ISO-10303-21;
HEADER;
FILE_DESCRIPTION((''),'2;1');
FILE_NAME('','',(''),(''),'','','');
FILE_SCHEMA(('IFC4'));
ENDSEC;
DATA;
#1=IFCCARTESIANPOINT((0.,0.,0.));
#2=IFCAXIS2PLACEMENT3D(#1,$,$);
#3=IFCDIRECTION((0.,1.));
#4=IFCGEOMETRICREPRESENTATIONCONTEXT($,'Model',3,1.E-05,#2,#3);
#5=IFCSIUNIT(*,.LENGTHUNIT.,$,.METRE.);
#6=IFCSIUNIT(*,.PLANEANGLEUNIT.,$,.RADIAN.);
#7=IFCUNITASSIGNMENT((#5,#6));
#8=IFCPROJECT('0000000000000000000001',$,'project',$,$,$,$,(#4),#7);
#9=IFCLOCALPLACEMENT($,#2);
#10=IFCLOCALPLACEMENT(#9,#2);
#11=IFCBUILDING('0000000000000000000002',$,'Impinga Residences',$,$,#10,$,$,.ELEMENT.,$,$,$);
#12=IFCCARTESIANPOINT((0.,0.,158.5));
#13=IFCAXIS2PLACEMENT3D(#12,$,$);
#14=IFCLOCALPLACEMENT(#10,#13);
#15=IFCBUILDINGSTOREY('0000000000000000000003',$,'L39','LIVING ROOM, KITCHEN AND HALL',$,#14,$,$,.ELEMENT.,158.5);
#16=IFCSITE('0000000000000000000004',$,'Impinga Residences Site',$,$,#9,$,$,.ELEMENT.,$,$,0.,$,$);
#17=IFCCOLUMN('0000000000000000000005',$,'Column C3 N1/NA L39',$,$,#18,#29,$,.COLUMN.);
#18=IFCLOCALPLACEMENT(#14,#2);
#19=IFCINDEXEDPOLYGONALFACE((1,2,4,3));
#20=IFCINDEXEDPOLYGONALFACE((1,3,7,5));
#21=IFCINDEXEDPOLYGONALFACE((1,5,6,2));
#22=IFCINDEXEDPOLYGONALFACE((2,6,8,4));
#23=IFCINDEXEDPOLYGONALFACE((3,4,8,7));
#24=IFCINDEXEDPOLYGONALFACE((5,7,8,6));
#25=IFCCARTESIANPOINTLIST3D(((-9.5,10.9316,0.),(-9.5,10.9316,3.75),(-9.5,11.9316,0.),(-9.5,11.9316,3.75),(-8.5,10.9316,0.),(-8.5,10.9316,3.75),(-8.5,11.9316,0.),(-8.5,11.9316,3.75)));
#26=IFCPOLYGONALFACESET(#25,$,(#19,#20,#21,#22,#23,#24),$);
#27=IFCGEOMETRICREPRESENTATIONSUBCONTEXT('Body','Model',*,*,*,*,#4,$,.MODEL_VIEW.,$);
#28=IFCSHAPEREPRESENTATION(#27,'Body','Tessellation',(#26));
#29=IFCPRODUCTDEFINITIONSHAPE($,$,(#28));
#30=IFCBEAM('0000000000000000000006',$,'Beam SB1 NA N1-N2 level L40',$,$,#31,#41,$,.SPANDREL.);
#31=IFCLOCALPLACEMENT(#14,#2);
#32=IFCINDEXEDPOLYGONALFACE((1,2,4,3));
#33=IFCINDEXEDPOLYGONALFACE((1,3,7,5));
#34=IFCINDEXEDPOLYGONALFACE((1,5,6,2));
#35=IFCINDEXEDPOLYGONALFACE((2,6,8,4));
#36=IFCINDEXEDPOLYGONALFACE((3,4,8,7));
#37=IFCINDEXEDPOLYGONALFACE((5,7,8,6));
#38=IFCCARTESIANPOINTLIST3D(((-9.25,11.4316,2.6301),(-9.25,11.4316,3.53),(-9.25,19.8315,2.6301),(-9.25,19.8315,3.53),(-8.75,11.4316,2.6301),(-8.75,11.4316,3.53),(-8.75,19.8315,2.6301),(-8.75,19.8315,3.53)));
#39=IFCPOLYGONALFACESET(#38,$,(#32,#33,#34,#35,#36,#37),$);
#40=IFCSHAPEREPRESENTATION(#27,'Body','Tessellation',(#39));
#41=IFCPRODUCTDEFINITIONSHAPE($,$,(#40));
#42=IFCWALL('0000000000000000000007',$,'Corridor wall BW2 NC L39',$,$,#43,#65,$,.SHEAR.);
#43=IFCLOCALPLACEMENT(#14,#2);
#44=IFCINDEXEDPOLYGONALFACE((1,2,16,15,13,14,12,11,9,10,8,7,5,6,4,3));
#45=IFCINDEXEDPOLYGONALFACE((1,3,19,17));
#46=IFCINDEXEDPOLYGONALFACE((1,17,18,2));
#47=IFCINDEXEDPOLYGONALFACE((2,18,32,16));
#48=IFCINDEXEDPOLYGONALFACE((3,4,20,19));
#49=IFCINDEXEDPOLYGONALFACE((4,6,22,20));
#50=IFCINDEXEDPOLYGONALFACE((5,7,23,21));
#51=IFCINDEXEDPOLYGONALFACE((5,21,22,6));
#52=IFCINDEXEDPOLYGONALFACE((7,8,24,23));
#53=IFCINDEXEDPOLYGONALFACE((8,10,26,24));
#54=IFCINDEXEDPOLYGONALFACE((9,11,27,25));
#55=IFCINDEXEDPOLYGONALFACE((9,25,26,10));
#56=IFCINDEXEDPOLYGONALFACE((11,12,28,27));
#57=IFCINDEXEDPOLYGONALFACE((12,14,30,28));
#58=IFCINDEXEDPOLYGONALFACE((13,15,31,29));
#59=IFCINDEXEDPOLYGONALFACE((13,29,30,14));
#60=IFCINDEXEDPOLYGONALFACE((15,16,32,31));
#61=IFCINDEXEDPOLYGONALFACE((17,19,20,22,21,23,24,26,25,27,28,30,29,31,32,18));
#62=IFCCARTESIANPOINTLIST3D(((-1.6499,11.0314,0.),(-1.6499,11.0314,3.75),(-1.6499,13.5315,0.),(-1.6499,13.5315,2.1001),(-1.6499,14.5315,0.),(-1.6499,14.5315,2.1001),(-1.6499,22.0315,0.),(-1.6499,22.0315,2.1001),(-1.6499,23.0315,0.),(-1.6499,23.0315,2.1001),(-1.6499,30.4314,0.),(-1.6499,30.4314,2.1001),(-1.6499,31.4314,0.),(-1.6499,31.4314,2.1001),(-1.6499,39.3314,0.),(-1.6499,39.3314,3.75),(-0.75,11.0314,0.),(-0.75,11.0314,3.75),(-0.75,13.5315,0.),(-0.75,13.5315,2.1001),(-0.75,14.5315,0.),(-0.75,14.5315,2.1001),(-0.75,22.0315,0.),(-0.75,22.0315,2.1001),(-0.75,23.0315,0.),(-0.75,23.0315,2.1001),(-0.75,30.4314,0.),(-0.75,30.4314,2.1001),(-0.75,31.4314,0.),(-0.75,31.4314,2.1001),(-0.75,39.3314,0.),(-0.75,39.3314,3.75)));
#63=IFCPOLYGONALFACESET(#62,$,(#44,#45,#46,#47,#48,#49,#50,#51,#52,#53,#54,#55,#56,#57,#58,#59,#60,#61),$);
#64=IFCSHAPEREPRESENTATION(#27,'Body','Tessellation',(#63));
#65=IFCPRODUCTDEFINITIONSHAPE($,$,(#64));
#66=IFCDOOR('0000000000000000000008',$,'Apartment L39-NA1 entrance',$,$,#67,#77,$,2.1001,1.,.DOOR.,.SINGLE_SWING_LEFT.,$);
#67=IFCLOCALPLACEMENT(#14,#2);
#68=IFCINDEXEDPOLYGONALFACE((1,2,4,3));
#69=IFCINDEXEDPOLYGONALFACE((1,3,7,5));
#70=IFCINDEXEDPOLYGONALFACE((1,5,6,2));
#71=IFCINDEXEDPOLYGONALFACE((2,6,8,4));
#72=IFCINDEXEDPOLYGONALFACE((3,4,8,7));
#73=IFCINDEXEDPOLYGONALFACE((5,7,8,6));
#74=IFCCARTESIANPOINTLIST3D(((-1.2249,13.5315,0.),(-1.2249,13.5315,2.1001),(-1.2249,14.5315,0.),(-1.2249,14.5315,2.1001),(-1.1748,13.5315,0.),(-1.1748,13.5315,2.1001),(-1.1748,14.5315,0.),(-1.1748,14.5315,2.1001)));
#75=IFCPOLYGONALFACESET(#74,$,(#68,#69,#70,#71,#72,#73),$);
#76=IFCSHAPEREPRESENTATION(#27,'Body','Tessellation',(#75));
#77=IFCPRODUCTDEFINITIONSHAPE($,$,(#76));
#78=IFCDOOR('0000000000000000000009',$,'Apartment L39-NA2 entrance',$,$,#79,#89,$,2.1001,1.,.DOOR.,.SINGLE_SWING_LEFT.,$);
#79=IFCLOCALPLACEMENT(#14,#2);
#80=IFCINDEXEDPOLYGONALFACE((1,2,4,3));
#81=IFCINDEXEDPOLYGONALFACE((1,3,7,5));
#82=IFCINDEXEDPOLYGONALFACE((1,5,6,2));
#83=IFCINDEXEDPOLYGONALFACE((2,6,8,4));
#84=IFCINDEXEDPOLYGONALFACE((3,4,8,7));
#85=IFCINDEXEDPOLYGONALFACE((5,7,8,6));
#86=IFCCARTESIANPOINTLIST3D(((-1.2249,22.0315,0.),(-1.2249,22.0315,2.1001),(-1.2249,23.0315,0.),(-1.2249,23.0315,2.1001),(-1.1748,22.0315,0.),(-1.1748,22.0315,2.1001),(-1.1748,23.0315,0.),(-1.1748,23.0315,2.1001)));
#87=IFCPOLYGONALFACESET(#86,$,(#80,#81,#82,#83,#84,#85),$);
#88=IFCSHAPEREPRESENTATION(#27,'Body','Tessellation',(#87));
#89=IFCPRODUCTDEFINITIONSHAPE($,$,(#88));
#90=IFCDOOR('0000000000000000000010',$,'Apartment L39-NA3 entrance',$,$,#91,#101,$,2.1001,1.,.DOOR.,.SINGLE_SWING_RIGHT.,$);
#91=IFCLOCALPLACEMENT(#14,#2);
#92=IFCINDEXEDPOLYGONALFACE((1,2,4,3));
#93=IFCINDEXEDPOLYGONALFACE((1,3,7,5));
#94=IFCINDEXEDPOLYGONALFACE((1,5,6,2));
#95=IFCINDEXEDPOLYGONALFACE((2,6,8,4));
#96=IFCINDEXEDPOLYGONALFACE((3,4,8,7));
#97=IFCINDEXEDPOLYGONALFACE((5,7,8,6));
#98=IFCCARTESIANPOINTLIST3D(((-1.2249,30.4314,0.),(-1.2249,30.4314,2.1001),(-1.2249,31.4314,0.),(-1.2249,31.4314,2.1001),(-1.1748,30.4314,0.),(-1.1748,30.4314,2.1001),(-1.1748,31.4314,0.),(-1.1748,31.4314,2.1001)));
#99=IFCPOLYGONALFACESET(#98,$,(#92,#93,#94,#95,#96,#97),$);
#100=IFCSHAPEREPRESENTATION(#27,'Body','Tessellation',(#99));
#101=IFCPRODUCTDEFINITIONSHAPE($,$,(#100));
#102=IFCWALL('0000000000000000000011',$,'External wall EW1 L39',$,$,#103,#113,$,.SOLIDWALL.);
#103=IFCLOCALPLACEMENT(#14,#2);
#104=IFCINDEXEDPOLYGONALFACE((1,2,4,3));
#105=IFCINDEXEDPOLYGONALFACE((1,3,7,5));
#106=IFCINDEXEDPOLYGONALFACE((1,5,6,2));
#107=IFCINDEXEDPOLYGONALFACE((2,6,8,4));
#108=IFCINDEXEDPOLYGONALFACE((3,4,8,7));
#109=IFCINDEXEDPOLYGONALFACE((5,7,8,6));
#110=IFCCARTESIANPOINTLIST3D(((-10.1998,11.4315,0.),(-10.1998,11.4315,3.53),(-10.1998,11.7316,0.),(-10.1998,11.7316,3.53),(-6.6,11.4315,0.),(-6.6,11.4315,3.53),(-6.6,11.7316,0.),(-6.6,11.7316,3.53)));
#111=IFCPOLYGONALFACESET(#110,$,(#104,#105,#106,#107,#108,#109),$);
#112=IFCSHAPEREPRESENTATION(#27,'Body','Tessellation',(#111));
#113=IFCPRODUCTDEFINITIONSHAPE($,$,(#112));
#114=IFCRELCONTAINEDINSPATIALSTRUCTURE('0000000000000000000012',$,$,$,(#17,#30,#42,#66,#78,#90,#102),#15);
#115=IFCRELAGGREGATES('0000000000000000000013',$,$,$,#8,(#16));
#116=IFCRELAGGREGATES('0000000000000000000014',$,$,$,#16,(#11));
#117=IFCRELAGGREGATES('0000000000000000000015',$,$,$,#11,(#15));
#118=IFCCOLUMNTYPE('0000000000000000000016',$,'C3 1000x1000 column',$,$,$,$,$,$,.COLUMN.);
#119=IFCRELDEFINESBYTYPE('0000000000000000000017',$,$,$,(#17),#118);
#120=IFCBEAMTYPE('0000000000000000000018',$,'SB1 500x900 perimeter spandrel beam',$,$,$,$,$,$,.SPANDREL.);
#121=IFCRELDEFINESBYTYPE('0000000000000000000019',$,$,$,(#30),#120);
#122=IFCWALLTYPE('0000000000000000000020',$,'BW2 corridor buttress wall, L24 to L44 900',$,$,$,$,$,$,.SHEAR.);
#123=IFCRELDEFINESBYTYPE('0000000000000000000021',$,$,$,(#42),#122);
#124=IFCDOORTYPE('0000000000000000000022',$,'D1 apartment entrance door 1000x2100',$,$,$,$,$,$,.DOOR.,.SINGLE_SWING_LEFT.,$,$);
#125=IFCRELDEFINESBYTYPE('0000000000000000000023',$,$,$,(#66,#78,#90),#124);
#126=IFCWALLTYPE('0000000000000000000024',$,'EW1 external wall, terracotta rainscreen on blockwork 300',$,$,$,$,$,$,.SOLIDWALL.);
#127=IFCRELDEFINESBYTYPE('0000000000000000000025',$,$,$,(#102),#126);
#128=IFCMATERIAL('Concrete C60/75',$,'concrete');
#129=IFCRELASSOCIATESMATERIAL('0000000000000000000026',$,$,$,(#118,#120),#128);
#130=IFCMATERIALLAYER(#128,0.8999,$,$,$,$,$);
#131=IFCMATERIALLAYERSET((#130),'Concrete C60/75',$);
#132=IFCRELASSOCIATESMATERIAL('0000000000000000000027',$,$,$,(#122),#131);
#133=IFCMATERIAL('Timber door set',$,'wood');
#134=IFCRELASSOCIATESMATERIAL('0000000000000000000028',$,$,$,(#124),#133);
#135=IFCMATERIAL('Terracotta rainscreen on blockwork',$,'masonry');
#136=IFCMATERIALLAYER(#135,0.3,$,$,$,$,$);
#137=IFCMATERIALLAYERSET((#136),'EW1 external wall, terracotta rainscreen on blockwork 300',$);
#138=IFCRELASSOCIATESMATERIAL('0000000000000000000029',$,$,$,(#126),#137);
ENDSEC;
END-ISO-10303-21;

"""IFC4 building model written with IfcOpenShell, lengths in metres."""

from ifc_helpers import new_model, si_unit, direction, frame, frame_2d, origin, origin_2d, place, context, subcontext, project, spatial, rectangle, extrude, material, layer, layer_set, material_profile, profile_set, type_object, element, fill, save


model = new_model("IFC4")

# Units and contexts
model_context = context("Model", 3, precision=1e-05, world=origin(), true_north=direction((0.0, 1.0)))
body_context = subcontext(model_context, "Body", "Model", "MODEL_VIEW")
ifc_project = project(units=[si_unit("LENGTHUNIT", "METRE"), si_unit("PLANEANGLEUNIT", "RADIAN")], contexts=[model_context])

# Site, building, storey
site_placement = place(None, origin())
site = spatial("IfcSite", under=ifc_project, at=site_placement, Name="Impinga Residences Site", CompositionType="ELEMENT", RefElevation=0.0)
building_placement = place(site_placement, origin())
building = spatial("IfcBuilding", under=site, at=building_placement, Name="Impinga Residences", CompositionType="ELEMENT")
storey_placement = place(building_placement, frame((0.0, 0.0, 158.5)))
storey = spatial("IfcBuildingStorey", under=building, at=storey_placement, Name="L39", Description="LIVING ROOM, KITCHEN AND HALL", CompositionType="ELEMENT", Elevation=158.5)

# Column
ifc_material_1 = material(Name="Concrete C60/75", Category="concrete")
ifc_material_profile_1 = material_profile(ifc_material_1, rectangle(XDim=1.0, YDim=1.0, at=origin_2d()), Name="RC 1000x1000")
ifc_profile_set_1 = profile_set([ifc_material_profile_1], Name="Concrete C60/75")
column_type = type_object("IfcColumnType", Name="C3 1000x1000 column", PredefinedType="COLUMN", material=ifc_profile_set_1)
column_placement = place(storey_placement, frame((-9.0, 11.4316, 0.0), z_axis=(0.0, 0.0, 1.0), x_axis=(1.0, 0.0, 0.0)))
element("IfcColumn", 1, at=column_placement, inside=storey, type_object=column_type, Name="Column C3 N1/NA L39", PredefinedType="COLUMN", context=body_context, shape_type="SweptSolid", body=[
    extrude(rectangle(XDim=1.0, YDim=1.0, at=origin_2d()), origin(), (0.0, 0.0, 1.0), 3.75),
])

# Beam
ifc_material_profile_2 = material_profile(ifc_material_1, rectangle(XDim=0.5, YDim=0.8999, at=origin_2d()), Name="RC 500x900")
ifc_profile_set_2 = profile_set([ifc_material_profile_2], Name="Concrete C60/75")
beam_type = type_object("IfcBeamType", Name="SB1 500x900 perimeter spandrel beam", PredefinedType="SPANDREL", material=ifc_profile_set_2)
beam_placement = place(storey_placement, frame((-9.0, 11.4316, 3.0801), z_axis=(0.0, 1.0, 0.0), x_axis=(-1.0, 0.0, 0.0)))
element("IfcBeam", 2, at=beam_placement, inside=storey, type_object=beam_type, Name="Beam SB1 NA N1-N2 level L40", PredefinedType="SPANDREL", context=body_context, shape_type="SweptSolid", body=[
    extrude(rectangle(XDim=0.5, YDim=0.8999, at=origin_2d()), origin(), (0.0, 0.0, 1.0), 8.3999),
])

# Wall, openings, doors
ifc_layer_1 = layer(ifc_material_1, 0.8999)
ifc_layer_set_1 = layer_set([ifc_layer_1], Name="Concrete C60/75")
wall_type_1 = type_object("IfcWallType", Name="BW2 corridor buttress wall, L24 to L44 900", PredefinedType="SHEAR", material=ifc_layer_set_1)
wall_1_placement = place(storey_placement, frame((-1.2, 11.0315, 0.0), z_axis=(0.0, 0.0, 1.0), x_axis=(0.0, 1.0, 0.0)))
wall_1 = element("IfcWall", 3, at=wall_1_placement, inside=storey, type_object=wall_type_1, Name="Corridor wall BW2 NC L39", PredefinedType="SHEAR", context=body_context, shape_type="SweptSolid", body=[
    extrude(rectangle(XDim=28.3, YDim=0.8999, at=frame_2d((14.1499, 0.0))), origin(), (0.0, 0.0, 1.0), 3.75),
])
opening_1_placement = place(wall_1_placement, frame((2.5, 0.0, 0.0)))
opening_1 = element("IfcOpeningElement", 4, at=opening_1_placement, cuts=wall_1, PredefinedType="OPENING", context=body_context, shape_type="SweptSolid", body=[
    extrude(rectangle(XDim=1.0, YDim=2.1001, at=frame_2d((0.5, 1.05))), frame((0.0, 0.46, 0.0), z_axis=(0.0, -1.0, 0.0), x_axis=(1.0, 0.0, 0.0)), (0.0, 0.0, 1.0), 0.9199),
])
opening_2_placement = place(wall_1_placement, frame((11.0, 0.0, 0.0)))
opening_2 = element("IfcOpeningElement", 5, at=opening_2_placement, cuts=wall_1, PredefinedType="OPENING", context=body_context, shape_type="SweptSolid", body=[
    extrude(rectangle(XDim=1.0, YDim=2.1001, at=frame_2d((0.5, 1.05))), frame((0.0, 0.46, 0.0), z_axis=(0.0, -1.0, 0.0), x_axis=(1.0, 0.0, 0.0)), (0.0, 0.0, 1.0), 0.9199),
])
opening_3_placement = place(wall_1_placement, frame((19.3999, 0.0, 0.0)))
opening_3 = element("IfcOpeningElement", 6, at=opening_3_placement, cuts=wall_1, PredefinedType="OPENING", context=body_context, shape_type="SweptSolid", body=[
    extrude(rectangle(XDim=1.0, YDim=2.1001, at=frame_2d((0.5, 1.05))), frame((0.0, 0.46, 0.0), z_axis=(0.0, -1.0, 0.0), x_axis=(1.0, 0.0, 0.0)), (0.0, 0.0, 1.0), 0.9199),
])
ifc_material_2 = material(Name="Timber door set", Category="wood")
door_type_1 = type_object("IfcDoorType", Name="D1 apartment entrance door 1000x2100", OperationType="SINGLE_SWING_LEFT", PredefinedType="DOOR", material=ifc_material_2)
door_1_placement = place(opening_1_placement, origin())
door_1 = element("IfcDoor", 7, at=door_1_placement, inside=storey, type_object=door_type_1, Name="Apartment L39-NA1 entrance", OperationType="SINGLE_SWING_LEFT", OverallHeight=2.1001, OverallWidth=1.0, PredefinedType="DOOR", context=body_context, shape_type="SweptSolid", body=[
    extrude(rectangle(XDim=1.0, YDim=2.1001, at=frame_2d((0.5, 1.05))), frame((0.0, 0.0249, 0.0), z_axis=(0.0, -1.0, 0.0), x_axis=(1.0, 0.0, 0.0)), (0.0, 0.0, 1.0), 0.05),
])
fill(opening_1, door_1)
door_2_placement = place(opening_2_placement, origin())
door_2 = element("IfcDoor", 8, at=door_2_placement, inside=storey, type_object=door_type_1, Name="Apartment L39-NA2 entrance", OperationType="SINGLE_SWING_LEFT", OverallHeight=2.1001, OverallWidth=1.0, PredefinedType="DOOR", context=body_context, shape_type="SweptSolid", body=[
    extrude(rectangle(XDim=1.0, YDim=2.1001, at=frame_2d((0.5, 1.05))), frame((0.0, 0.0249, 0.0), z_axis=(0.0, -1.0, 0.0), x_axis=(1.0, 0.0, 0.0)), (0.0, 0.0, 1.0), 0.05),
])
fill(opening_2, door_2)
door_3_placement = place(opening_3_placement, origin())
door_3 = element("IfcDoor", 9, at=door_3_placement, inside=storey, type_object=door_type_1, Name="Apartment L39-NA3 entrance", OperationType="SINGLE_SWING_RIGHT", OverallHeight=2.1001, OverallWidth=1.0, PredefinedType="DOOR", context=body_context, shape_type="SweptSolid", body=[
    extrude(rectangle(XDim=1.0, YDim=2.1001, at=frame_2d((0.5, 1.05))), frame((0.0, 0.0249, 0.0), z_axis=(0.0, -1.0, 0.0), x_axis=(1.0, 0.0, 0.0)), (0.0, 0.0, 1.0), 0.05),
])
fill(opening_3, door_3)

# Wall
ifc_material_3 = material(Name="Terracotta rainscreen on blockwork", Category="masonry")
ifc_layer_2 = layer(ifc_material_3, 0.3)
ifc_layer_set_2 = layer_set([ifc_layer_2], Name="EW1 external wall, terracotta rainscreen on blockwork 300")
wall_type_2 = type_object("IfcWallType", Name="EW1 external wall, terracotta rainscreen on blockwork 300", PredefinedType="SOLIDWALL", material=ifc_layer_set_2)
wall_2_placement = place(storey_placement, frame((-6.6001, 11.5815, 0.0), z_axis=(0.0, 0.0, 1.0), x_axis=(-1.0, 0.0, 0.0)))
element("IfcWall", 10, at=wall_2_placement, inside=storey, type_object=wall_type_2, Name="External wall EW1 L39", PredefinedType="SOLIDWALL", context=body_context, shape_type="SweptSolid", body=[
    extrude(rectangle(XDim=3.5999, YDim=0.3, at=frame_2d((1.7998, 0.0))), origin(), (0.0, 0.0, 1.0), 3.53),
])

save(model, "model.ifc")
